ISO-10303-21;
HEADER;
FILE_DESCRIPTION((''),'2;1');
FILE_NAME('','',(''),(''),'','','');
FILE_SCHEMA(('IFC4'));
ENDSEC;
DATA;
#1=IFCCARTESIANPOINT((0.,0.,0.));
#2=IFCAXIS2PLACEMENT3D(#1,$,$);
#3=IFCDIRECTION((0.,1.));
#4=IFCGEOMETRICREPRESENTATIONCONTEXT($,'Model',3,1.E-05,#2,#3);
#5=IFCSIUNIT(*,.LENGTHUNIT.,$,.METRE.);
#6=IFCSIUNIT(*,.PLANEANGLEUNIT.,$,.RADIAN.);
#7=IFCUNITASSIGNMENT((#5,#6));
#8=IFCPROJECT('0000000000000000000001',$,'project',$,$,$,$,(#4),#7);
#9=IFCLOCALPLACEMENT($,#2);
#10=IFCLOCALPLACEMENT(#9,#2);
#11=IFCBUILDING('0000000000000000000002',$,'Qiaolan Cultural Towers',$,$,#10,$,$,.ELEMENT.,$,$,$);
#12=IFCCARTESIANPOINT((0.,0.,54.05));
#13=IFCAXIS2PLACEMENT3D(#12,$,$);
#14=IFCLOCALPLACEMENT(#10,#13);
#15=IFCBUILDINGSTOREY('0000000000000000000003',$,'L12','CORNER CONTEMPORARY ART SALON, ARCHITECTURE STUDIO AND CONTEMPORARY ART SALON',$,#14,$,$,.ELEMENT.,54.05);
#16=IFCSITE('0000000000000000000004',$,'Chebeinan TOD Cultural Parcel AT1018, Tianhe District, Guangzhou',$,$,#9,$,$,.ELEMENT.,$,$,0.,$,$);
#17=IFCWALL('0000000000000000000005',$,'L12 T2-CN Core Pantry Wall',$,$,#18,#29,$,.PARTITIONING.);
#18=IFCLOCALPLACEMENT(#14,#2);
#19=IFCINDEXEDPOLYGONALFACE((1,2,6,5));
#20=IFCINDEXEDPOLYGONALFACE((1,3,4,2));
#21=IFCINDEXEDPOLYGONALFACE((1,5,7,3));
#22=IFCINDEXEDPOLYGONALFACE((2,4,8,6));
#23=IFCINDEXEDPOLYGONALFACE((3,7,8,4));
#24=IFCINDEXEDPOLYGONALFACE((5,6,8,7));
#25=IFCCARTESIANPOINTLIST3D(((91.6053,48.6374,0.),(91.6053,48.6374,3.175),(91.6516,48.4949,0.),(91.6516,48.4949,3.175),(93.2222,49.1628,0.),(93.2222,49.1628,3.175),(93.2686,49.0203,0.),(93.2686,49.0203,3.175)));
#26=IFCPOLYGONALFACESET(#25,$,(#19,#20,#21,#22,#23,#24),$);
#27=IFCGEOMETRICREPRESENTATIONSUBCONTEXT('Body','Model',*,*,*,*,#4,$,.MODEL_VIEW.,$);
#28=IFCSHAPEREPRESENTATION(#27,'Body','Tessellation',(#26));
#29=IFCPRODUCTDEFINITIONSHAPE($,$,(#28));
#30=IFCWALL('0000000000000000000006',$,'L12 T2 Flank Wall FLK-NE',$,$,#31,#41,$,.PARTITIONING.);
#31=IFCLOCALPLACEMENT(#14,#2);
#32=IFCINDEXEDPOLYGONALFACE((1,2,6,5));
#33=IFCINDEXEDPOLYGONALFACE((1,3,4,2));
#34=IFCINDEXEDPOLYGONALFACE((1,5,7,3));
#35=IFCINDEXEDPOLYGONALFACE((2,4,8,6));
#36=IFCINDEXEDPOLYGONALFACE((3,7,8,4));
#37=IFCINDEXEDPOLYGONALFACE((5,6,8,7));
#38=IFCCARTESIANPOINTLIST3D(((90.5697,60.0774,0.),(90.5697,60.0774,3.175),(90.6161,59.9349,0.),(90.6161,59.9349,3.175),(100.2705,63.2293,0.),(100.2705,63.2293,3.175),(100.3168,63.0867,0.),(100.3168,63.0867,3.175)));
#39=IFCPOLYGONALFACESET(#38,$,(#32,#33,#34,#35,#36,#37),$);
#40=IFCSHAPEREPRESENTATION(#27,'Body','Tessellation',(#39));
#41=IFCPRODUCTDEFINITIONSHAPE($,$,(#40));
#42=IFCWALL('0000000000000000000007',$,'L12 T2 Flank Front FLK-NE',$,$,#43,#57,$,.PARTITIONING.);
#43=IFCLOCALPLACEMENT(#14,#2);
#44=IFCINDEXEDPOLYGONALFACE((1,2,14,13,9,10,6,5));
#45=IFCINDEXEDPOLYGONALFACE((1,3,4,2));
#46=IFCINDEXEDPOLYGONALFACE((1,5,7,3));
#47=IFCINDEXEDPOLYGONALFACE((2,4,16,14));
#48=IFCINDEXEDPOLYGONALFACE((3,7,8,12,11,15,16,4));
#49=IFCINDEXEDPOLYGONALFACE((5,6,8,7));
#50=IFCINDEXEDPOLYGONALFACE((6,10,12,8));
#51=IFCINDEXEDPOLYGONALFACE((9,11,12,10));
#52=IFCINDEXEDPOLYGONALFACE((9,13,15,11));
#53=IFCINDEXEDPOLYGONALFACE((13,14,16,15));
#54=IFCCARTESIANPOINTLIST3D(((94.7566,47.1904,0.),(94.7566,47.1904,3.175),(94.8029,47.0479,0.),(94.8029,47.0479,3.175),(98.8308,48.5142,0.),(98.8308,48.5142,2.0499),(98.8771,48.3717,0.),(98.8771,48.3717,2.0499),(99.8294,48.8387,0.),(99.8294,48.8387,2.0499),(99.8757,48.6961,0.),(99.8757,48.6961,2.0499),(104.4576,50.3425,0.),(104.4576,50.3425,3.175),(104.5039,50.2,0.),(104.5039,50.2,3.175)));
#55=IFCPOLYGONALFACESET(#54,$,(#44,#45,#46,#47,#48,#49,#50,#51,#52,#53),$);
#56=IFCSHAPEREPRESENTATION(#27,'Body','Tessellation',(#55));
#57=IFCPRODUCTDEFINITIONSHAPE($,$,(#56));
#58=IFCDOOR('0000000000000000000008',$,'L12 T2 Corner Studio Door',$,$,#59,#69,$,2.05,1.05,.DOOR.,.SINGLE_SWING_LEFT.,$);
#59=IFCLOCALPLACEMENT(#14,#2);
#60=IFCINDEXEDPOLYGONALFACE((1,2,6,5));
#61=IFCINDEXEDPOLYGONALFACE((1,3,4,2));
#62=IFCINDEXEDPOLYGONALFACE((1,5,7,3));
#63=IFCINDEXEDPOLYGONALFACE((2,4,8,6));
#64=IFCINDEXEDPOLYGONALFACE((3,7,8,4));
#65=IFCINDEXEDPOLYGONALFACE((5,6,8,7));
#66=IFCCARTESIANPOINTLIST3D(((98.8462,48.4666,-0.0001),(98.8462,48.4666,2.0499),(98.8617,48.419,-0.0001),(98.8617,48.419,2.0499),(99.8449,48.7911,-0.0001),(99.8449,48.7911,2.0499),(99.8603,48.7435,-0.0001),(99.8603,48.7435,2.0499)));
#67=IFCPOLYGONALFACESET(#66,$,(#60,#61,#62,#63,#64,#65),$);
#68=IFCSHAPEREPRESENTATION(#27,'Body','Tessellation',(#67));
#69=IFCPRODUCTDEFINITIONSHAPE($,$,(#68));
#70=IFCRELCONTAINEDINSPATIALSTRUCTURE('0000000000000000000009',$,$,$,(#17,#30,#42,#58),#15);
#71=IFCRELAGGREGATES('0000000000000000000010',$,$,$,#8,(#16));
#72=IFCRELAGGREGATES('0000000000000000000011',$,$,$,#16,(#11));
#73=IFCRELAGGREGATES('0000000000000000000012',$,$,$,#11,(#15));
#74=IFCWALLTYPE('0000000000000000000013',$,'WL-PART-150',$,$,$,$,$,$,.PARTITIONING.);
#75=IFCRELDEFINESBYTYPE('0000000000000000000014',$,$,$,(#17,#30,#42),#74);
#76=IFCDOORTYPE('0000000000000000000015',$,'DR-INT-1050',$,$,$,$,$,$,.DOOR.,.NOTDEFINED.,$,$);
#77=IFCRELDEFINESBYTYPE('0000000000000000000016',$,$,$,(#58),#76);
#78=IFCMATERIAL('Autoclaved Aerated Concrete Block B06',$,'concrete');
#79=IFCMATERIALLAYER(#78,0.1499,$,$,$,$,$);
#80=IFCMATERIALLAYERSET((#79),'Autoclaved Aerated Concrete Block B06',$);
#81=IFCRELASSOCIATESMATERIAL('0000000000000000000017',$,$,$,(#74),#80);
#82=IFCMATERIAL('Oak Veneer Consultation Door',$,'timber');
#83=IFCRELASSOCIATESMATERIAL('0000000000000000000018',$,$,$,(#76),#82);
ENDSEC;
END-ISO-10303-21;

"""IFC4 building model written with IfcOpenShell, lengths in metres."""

from ifc_helpers import new_model, si_unit, direction, frame, frame_2d, origin, place, context, subcontext, project, spatial, rectangle, extrude, material, layer, layer_set, type_object, element, fill, save


model = new_model("IFC4")

# Units and contexts
model_context = context("Model", 3, precision=1e-05, world=origin(), true_north=direction((0.0, 1.0)))
body_context = subcontext(model_context, "Body", "Model", "MODEL_VIEW")
ifc_project = project(units=[si_unit("LENGTHUNIT", "METRE"), si_unit("PLANEANGLEUNIT", "RADIAN")], contexts=[model_context])

# Site, building, storey
site_placement = place(None, origin())
site = spatial("IfcSite", under=ifc_project, at=site_placement, Name="Chebeinan TOD Cultural Parcel AT1018, Tianhe District, Guangzhou", CompositionType="ELEMENT", RefElevation=0.0)
building_placement = place(site_placement, origin())
building = spatial("IfcBuilding", under=site, at=building_placement, Name="Qiaolan Cultural Towers", CompositionType="ELEMENT")
storey_placement = place(building_placement, frame((0.0, 0.0, 54.05)))
storey = spatial("IfcBuildingStorey", under=building, at=storey_placement, Name="L12", Description="CORNER CONTEMPORARY ART SALON, ARCHITECTURE STUDIO AND CONTEMPORARY ART SALON", CompositionType="ELEMENT", Elevation=54.05)

# Shared definitions
ifc_material_1 = material(Name="Autoclaved Aerated Concrete Block B06", Category="concrete")
ifc_layer_1 = layer(ifc_material_1, 0.1499)
ifc_layer_set_1 = layer_set([ifc_layer_1], Name="Autoclaved Aerated Concrete Block B06")
wall_type_1 = type_object("IfcWallType", Name="WL-PART-150", PredefinedType="PARTITIONING", material=ifc_layer_set_1)

# Walls
wall_1_placement = place(storey_placement, frame((91.6284, 48.5662, 0.0), z_axis=(0.0, 0.0, 1.0), x_axis=(0.951054, 0.309024, 0.0)))
element("IfcWall", 1, at=wall_1_placement, inside=storey, type_object=wall_type_1, Name="L12 T2-CN Core Pantry Wall", PredefinedType="PARTITIONING", context=body_context, shape_type="SweptSolid", body=[
    extrude(rectangle(XDim=1.7002, YDim=0.1499, at=frame_2d((0.8501, 0.0))), origin(), (0.0, 0.0, 1.0), 3.175),
])
wall_2_placement = place(storey_placement, frame((90.5928, 60.0061, 0.0), z_axis=(0.0, 0.0, 1.0), x_axis=(0.951059, 0.309009, 0.0)))
element("IfcWall", 2, at=wall_2_placement, inside=storey, type_object=wall_type_1, Name="L12 T2 Flank Wall FLK-NE", PredefinedType="PARTITIONING", context=body_context, shape_type="SweptSolid", body=[
    extrude(rectangle(XDim=10.2, YDim=0.1499, at=frame_2d((5.1001, 0.0))), origin(), (0.0, 0.0, 1.0), 3.175),
])

# Wall, opening, door
wall_3_placement = place(storey_placement, frame((94.7798, 47.1191, 0.0), z_axis=(0.0, 0.0, 1.0), x_axis=(0.951054, 0.309024, 0.0)))
wall_3 = element("IfcWall", 3, at=wall_3_placement, inside=storey, type_object=wall_type_1, Name="L12 T2 Flank Front FLK-NE", PredefinedType="PARTITIONING", context=body_context, shape_type="SweptSolid", body=[
    extrude(rectangle(XDim=10.2002, YDim=0.1499, at=frame_2d((5.1001, 0.0))), origin(), (0.0, 0.0, 1.0), 3.175),
])
opening_1_placement = place(wall_3_placement, frame((4.2839, 0.0, 0.0)))
opening_1 = element("IfcOpeningElement", 4, at=opening_1_placement, cuts=wall_3, PredefinedType="OPENING", context=body_context, shape_type="SweptSolid", body=[
    extrude(rectangle(XDim=1.05, YDim=2.05, at=frame_2d((0.5249, 1.0249))), frame((0.0, 0.085, 0.0), z_axis=(0.0, -1.0, 0.0), x_axis=(1.0, 0.0, 0.0)), (0.0, 0.0, 1.0), 0.1699),
])
ifc_material_2 = material(Name="Oak Veneer Consultation Door", Category="timber")
door_type_1 = type_object("IfcDoorType", Name="DR-INT-1050", OperationType="NOTDEFINED", PredefinedType="DOOR", material=ifc_material_2)
door_1_placement = place(opening_1_placement, origin())
door_1 = element("IfcDoor", 5, at=door_1_placement, inside=storey, type_object=door_type_1, Name="L12 T2 Corner Studio Door", OperationType="SINGLE_SWING_LEFT", OverallHeight=2.05, OverallWidth=1.05, PredefinedType="DOOR", context=body_context, shape_type="SweptSolid", body=[
    extrude(rectangle(XDim=1.05, YDim=2.05, at=frame_2d((0.5249, 1.0249))), frame((0.0, 0.0249, 0.0), z_axis=(0.0, -1.0, 0.0), x_axis=(1.0, 0.0, 0.0)), (0.0, 0.0, 1.0), 0.05),
])
fill(opening_1, door_1)

save(model, "model.ifc")
